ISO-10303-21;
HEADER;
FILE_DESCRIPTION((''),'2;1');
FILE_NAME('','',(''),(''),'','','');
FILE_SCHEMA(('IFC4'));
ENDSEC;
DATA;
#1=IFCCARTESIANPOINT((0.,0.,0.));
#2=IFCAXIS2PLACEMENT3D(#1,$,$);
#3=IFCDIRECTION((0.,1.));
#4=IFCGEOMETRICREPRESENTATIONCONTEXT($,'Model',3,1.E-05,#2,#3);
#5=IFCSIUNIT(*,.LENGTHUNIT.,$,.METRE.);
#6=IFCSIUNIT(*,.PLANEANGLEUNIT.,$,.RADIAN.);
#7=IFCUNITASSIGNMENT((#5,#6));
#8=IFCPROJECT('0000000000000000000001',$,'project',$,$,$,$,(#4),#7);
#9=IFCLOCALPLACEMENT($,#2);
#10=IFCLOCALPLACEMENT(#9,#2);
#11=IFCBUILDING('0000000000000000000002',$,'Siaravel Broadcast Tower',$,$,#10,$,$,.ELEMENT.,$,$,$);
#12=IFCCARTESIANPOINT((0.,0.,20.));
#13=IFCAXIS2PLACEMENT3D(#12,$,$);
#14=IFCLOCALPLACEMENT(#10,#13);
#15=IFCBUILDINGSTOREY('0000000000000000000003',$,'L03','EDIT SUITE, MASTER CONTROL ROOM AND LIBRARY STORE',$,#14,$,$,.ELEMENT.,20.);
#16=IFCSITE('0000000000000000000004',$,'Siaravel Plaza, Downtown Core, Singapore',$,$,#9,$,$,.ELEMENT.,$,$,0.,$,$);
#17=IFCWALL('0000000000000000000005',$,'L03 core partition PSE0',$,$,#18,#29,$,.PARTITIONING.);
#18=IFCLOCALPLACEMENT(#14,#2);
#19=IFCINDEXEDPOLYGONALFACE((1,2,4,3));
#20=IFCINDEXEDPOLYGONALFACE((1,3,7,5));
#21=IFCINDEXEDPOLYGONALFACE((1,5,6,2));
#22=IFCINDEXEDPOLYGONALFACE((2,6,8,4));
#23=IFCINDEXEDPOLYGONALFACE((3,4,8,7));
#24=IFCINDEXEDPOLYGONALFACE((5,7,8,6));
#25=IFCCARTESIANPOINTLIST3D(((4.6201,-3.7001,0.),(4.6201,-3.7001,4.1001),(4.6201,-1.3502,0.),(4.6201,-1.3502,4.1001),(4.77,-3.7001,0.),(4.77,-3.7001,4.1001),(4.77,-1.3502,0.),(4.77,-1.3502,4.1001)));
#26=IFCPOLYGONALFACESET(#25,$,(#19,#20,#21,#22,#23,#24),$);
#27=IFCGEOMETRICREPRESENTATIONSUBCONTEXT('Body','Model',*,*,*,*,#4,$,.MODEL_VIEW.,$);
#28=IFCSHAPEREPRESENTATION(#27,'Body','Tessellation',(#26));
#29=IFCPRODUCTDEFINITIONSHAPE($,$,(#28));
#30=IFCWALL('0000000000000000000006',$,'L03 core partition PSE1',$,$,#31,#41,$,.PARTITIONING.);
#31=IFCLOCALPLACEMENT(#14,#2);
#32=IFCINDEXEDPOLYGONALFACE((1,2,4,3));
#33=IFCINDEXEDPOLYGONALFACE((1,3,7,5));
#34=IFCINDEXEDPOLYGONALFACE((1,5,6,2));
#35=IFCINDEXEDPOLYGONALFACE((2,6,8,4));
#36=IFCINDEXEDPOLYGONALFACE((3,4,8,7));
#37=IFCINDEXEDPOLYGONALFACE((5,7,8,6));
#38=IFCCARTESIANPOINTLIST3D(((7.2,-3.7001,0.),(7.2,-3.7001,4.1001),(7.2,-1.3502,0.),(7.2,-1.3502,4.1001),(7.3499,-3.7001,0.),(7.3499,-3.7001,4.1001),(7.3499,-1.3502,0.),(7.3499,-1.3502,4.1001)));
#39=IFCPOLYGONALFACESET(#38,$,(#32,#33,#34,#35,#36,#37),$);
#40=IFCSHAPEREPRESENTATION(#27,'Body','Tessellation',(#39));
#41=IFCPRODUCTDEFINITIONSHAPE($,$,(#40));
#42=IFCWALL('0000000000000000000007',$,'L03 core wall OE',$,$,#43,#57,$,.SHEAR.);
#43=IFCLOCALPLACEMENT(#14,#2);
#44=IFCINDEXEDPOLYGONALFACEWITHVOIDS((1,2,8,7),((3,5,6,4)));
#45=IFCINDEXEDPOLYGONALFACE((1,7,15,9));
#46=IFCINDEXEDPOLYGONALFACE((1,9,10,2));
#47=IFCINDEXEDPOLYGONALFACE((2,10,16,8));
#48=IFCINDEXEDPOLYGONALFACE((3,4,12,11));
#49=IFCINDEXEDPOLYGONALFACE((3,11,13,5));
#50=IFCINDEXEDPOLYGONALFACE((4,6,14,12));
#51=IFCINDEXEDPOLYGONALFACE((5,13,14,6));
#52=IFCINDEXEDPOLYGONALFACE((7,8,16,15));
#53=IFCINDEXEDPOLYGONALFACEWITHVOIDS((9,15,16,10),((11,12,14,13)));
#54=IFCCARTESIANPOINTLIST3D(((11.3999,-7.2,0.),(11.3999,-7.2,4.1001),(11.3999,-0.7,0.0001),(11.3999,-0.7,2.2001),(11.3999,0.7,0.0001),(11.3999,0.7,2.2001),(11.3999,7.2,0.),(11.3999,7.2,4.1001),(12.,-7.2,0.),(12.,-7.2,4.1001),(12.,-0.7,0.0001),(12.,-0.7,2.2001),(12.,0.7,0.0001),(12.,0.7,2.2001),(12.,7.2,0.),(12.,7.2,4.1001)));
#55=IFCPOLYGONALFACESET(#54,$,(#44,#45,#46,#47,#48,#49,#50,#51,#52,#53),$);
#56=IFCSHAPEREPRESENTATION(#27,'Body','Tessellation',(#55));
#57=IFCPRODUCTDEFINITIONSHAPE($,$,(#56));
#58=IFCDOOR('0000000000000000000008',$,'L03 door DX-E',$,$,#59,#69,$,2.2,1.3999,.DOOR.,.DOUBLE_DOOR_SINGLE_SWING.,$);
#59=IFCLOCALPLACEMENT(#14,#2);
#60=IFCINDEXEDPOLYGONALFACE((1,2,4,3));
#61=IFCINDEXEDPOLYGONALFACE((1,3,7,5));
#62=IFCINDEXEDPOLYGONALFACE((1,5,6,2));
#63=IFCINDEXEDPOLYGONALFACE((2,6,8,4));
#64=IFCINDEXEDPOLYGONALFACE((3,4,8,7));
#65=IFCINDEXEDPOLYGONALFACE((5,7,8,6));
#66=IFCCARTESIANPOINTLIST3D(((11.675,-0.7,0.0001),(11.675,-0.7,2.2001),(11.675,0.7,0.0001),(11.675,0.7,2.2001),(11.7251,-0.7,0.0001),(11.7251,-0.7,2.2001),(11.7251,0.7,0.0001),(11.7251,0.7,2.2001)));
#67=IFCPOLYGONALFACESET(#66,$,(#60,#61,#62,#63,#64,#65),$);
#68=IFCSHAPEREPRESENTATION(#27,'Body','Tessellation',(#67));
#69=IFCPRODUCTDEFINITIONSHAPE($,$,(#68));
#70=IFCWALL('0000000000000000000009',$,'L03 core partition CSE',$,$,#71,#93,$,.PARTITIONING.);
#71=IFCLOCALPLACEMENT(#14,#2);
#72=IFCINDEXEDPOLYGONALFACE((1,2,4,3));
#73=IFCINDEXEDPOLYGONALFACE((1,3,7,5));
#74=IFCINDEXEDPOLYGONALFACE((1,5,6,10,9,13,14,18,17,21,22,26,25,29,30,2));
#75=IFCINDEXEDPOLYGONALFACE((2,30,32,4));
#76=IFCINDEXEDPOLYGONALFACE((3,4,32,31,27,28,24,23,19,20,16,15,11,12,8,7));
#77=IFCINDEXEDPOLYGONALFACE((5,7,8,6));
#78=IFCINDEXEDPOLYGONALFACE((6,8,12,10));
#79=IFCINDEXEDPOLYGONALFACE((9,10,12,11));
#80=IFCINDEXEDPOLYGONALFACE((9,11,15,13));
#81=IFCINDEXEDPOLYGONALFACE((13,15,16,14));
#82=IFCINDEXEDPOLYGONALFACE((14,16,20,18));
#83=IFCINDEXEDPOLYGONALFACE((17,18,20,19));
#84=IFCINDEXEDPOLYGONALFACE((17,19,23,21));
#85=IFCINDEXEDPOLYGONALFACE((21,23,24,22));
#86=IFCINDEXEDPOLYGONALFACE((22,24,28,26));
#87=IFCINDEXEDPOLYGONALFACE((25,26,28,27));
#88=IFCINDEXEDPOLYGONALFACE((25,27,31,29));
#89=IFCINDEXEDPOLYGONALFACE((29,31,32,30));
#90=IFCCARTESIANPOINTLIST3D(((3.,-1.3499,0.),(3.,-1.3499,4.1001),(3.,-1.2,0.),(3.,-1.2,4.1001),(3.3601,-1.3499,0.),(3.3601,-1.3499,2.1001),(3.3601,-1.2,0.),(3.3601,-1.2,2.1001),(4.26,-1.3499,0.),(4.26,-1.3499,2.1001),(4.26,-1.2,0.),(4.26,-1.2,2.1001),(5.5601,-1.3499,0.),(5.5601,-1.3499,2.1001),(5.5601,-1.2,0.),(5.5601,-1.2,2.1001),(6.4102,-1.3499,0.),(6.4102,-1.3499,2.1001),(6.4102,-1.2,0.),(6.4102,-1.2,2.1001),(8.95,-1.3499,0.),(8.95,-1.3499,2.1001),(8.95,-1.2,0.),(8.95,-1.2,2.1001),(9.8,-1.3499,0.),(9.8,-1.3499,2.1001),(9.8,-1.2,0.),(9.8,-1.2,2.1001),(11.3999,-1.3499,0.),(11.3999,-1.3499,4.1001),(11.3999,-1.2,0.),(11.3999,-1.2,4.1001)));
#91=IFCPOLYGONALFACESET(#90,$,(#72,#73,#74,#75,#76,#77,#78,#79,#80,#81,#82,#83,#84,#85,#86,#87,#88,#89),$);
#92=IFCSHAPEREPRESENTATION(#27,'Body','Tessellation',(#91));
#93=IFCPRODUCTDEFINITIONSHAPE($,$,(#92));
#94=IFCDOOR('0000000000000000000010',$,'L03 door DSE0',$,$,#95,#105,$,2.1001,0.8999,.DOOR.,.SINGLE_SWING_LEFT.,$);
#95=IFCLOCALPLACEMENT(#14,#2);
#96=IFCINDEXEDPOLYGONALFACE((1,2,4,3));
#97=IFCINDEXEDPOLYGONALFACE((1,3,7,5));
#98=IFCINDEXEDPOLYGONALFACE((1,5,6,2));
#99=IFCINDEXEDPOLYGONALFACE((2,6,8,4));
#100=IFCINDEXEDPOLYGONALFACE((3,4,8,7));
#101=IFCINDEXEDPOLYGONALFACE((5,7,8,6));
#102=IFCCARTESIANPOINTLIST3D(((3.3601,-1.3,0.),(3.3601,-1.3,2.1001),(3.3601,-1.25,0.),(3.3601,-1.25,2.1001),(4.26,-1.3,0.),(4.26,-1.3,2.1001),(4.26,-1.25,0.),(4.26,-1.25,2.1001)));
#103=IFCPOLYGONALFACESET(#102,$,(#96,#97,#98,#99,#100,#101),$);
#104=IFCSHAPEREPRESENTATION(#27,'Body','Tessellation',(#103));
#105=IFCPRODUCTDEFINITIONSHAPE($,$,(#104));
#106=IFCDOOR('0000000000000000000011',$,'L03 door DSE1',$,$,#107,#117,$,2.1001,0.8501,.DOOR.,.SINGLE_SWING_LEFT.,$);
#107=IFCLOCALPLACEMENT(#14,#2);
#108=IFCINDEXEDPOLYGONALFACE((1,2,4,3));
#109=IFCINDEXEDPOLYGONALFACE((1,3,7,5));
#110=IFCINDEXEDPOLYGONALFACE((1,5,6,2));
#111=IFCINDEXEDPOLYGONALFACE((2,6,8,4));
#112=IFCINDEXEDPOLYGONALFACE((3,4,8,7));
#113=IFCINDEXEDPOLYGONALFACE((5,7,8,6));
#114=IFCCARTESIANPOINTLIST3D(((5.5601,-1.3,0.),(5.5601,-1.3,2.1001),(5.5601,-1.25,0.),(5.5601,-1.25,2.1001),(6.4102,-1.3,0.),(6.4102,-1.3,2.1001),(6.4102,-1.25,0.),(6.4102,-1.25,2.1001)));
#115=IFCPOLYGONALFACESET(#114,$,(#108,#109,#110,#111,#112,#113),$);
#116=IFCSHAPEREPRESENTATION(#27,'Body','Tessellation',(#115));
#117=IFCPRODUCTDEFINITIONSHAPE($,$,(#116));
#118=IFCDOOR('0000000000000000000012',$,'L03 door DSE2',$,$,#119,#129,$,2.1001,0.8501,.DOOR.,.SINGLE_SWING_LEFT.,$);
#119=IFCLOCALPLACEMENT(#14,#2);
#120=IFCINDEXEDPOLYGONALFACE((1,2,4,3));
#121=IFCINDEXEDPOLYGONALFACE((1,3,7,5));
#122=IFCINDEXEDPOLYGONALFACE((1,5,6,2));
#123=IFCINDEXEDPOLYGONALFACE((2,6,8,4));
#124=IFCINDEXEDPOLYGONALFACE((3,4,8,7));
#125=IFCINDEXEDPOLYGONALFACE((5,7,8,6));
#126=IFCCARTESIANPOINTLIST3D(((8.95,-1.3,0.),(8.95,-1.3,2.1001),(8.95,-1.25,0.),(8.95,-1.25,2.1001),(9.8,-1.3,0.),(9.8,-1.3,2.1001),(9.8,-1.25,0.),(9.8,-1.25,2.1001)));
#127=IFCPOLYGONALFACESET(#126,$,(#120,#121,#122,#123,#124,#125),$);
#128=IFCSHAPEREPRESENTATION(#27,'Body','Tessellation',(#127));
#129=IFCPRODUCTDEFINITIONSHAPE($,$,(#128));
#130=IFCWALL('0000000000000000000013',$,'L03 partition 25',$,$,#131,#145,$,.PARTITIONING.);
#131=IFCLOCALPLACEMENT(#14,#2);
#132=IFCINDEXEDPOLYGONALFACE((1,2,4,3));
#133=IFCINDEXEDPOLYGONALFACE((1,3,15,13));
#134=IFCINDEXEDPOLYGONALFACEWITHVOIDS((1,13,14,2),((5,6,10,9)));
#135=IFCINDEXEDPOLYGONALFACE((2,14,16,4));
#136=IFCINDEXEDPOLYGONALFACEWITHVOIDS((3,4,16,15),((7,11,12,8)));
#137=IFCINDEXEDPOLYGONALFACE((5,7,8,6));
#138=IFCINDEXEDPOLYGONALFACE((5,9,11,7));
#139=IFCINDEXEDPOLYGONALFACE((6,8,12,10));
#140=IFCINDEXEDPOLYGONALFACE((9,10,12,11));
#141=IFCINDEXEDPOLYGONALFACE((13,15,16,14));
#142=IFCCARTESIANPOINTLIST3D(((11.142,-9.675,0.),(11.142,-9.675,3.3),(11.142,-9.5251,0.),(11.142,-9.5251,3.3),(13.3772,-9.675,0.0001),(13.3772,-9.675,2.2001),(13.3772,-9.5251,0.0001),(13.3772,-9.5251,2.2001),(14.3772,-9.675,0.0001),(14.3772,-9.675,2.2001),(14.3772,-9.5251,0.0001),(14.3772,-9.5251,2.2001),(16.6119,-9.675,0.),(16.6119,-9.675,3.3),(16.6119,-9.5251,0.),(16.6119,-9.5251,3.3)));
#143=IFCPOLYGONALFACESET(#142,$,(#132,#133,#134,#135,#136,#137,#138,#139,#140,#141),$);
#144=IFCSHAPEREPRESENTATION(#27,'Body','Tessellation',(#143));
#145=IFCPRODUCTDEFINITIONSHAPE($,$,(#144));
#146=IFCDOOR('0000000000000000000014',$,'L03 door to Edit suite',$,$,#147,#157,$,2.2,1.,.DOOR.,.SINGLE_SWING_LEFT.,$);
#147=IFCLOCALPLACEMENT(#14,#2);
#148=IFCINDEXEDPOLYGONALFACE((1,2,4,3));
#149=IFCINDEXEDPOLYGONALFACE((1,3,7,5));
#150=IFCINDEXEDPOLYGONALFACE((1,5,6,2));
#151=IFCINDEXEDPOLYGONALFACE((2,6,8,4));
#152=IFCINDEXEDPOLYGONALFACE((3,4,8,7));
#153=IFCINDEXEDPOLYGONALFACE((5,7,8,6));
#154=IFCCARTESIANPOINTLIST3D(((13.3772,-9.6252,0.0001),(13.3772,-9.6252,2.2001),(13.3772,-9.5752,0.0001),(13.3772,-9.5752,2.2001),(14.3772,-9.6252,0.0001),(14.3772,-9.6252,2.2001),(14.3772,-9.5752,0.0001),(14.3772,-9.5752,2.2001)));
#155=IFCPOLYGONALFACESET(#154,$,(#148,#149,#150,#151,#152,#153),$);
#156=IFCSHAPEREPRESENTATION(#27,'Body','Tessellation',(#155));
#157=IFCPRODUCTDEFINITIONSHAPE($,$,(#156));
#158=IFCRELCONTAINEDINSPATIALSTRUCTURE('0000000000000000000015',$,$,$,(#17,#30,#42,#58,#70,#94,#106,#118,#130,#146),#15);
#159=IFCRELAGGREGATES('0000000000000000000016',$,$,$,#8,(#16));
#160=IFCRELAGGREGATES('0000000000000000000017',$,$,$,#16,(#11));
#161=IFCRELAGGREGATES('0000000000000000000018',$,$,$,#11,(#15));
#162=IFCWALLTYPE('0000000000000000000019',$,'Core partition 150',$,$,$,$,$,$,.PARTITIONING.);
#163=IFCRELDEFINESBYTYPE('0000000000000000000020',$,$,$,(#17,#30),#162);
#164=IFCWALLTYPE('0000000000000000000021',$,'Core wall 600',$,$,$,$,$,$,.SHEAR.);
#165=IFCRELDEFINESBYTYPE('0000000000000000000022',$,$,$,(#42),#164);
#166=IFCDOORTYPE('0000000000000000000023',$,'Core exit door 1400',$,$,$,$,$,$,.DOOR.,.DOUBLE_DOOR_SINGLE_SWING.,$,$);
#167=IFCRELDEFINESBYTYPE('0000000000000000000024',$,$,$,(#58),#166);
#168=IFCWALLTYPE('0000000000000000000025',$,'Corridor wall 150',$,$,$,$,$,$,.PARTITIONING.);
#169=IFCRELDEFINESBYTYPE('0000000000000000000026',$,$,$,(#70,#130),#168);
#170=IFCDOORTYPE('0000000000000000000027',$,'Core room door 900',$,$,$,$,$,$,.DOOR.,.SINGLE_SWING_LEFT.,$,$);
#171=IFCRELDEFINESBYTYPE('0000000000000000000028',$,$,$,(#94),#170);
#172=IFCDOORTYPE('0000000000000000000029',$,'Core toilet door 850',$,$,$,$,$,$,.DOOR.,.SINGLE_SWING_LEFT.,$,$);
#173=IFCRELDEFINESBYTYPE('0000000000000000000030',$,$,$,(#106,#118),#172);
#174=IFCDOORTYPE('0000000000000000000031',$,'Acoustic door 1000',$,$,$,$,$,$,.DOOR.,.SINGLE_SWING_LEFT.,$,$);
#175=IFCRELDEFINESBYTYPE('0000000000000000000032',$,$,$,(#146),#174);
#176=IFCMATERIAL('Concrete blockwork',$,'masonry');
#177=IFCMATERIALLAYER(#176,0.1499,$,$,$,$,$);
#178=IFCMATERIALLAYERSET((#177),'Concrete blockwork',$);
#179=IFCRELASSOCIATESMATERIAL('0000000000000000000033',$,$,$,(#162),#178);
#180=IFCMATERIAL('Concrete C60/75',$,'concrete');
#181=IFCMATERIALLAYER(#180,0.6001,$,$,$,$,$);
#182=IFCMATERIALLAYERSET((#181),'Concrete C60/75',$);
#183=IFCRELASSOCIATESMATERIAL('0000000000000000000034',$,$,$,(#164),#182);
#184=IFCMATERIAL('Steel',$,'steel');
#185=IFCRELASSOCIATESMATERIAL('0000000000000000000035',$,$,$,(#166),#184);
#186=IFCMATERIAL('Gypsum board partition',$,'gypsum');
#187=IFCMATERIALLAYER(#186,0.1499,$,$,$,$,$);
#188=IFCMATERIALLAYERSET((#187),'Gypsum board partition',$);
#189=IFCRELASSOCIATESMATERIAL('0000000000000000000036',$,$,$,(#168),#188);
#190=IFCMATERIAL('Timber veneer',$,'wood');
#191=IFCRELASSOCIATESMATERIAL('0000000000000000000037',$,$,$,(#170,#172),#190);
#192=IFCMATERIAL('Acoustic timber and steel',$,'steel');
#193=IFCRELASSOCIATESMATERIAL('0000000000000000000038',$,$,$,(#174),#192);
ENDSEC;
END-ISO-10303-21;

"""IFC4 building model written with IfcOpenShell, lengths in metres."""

from ifc_helpers import new_model, si_unit, direction, frame, frame_2d, origin, place, context, subcontext, project, spatial, rectangle, extrude, material, layer, layer_set, type_object, element, fill, save


model = new_model("IFC4")

# Units and contexts
model_context = context("Model", 3, precision=1e-05, world=origin(), true_north=direction((0.0, 1.0)))
body_context = subcontext(model_context, "Body", "Model", "MODEL_VIEW")
ifc_project = project(units=[si_unit("LENGTHUNIT", "METRE"), si_unit("PLANEANGLEUNIT", "RADIAN")], contexts=[model_context])

# Site, building, storey
site_placement = place(None, origin())
site = spatial("IfcSite", under=ifc_project, at=site_placement, Name="Siaravel Plaza, Downtown Core, Singapore", CompositionType="ELEMENT", RefElevation=0.0)
building_placement = place(site_placement, origin())
building = spatial("IfcBuilding", under=site, at=building_placement, Name="Siaravel Broadcast Tower", CompositionType="ELEMENT")
storey_placement = place(building_placement, frame((0.0, 0.0, 20.0)))
storey = spatial("IfcBuildingStorey", under=building, at=storey_placement, Name="L03", Description="EDIT SUITE, MASTER CONTROL ROOM AND LIBRARY STORE", CompositionType="ELEMENT", Elevation=20.0)

# Walls
ifc_material_1 = material(Name="Concrete blockwork", Category="masonry")
ifc_layer_1 = layer(ifc_material_1, 0.1499)
ifc_layer_set_1 = layer_set([ifc_layer_1], Name="Concrete blockwork")
wall_type_1 = type_object("IfcWallType", Name="Core partition 150", PredefinedType="PARTITIONING", material=ifc_layer_set_1)
for number, where, z_axis, x_axis, name in (
    (1, (4.6951, -3.7, 0.0), (0.0, 0.0, 1.0), (0.0, 1.0, 0.0), "L03 core partition PSE0"),
    (2, (7.2749, -3.7, 0.0), (0.0, 0.0, 1.0), (0.0, 1.0, 0.0), "L03 core partition PSE1"),
):
    element("IfcWall", number, at=place(storey_placement, frame(where, z_axis=z_axis, x_axis=x_axis)), inside=storey, type_object=wall_type_1, Name=name, PredefinedType="PARTITIONING", context=body_context, shape_type="SweptSolid", body=[
        extrude(rectangle(XDim=2.3499, YDim=0.1499, at=frame_2d((1.1748, 0.0))), origin(), (0.0, 0.0, 1.0), 4.1001),
    ])

# Wall, opening, door
ifc_material_2 = material(Name="Concrete C60/75", Category="concrete")
ifc_layer_2 = layer(ifc_material_2, 0.6001)
ifc_layer_set_2 = layer_set([ifc_layer_2], Name="Concrete C60/75")
wall_type_2 = type_object("IfcWallType", Name="Core wall 600", PredefinedType="SHEAR", material=ifc_layer_set_2)
wall_1_placement = place(storey_placement, frame((11.7, -7.2, 0.0), z_axis=(0.0, 0.0, 1.0), x_axis=(0.0, 1.0, 0.0)))
wall_1 = element("IfcWall", 3, at=wall_1_placement, inside=storey, type_object=wall_type_2, Name="L03 core wall OE", PredefinedType="SHEAR", context=body_context, shape_type="SweptSolid", body=[
    extrude(rectangle(XDim=14.3999, YDim=0.6001, at=frame_2d((7.2, 0.0))), origin(), (0.0, 0.0, 1.0), 4.1001),
])
opening_1_placement = place(wall_1_placement, frame((6.5, 0.0, 0.0)))
opening_1 = element("IfcOpeningElement", 4, at=opening_1_placement, cuts=wall_1, PredefinedType="OPENING", context=body_context, shape_type="SweptSolid", body=[
    extrude(rectangle(XDim=1.3999, YDim=2.2, at=frame_2d((0.7, 1.1001))), frame((0.0, 0.3101, 0.0), z_axis=(0.0, -1.0, 0.0), x_axis=(1.0, 0.0, 0.0)), (0.0, 0.0, 1.0), 0.6201),
])
ifc_material_3 = material(Name="Steel", Category="steel")
door_type_1 = type_object("IfcDoorType", Name="Core exit door 1400", OperationType="DOUBLE_DOOR_SINGLE_SWING", PredefinedType="DOOR", material=ifc_material_3)
door_1_placement = place(opening_1_placement, origin())
door_1 = element("IfcDoor", 5, at=door_1_placement, inside=storey, type_object=door_type_1, Name="L03 door DX-E", OperationType="DOUBLE_DOOR_SINGLE_SWING", OverallHeight=2.2, OverallWidth=1.3999, PredefinedType="DOOR", context=body_context, shape_type="SweptSolid", body=[
    extrude(rectangle(XDim=1.3999, YDim=2.2, at=frame_2d((0.7, 1.1001))), frame((0.0, 0.0249, 0.0), z_axis=(0.0, -1.0, 0.0), x_axis=(1.0, 0.0, 0.0)), (0.0, 0.0, 1.0), 0.05),
])
fill(opening_1, door_1)

# Wall, openings, doors
ifc_material_4 = material(Name="Gypsum board partition", Category="gypsum")
ifc_layer_3 = layer(ifc_material_4, 0.1499)
ifc_layer_set_3 = layer_set([ifc_layer_3], Name="Gypsum board partition")
wall_type_3 = type_object("IfcWallType", Name="Corridor wall 150", PredefinedType="PARTITIONING", material=ifc_layer_set_3)
wall_2_placement = place(storey_placement, frame((3.0, -1.2749, 0.0), z_axis=(0.0, 0.0, 1.0), x_axis=(1.0, 0.0, 0.0)))
wall_2 = element("IfcWall", 6, at=wall_2_placement, inside=storey, type_object=wall_type_3, Name="L03 core partition CSE", PredefinedType="PARTITIONING", context=body_context, shape_type="SweptSolid", body=[
    extrude(rectangle(XDim=8.3999, YDim=0.1499, at=frame_2d((4.2, 0.0))), origin(), (0.0, 0.0, 1.0), 4.1001),
])
opening_2_placement = place(wall_2_placement, frame((0.3601, 0.0, 0.0)))
opening_2 = element("IfcOpeningElement", 7, at=opening_2_placement, cuts=wall_2, PredefinedType="OPENING", context=body_context, shape_type="SweptSolid", body=[
    extrude(rectangle(XDim=0.8999, YDim=2.1001, at=frame_2d((0.45, 1.05))), frame((0.0, 0.085, 0.0), z_axis=(0.0, -1.0, 0.0), x_axis=(1.0, 0.0, 0.0)), (0.0, 0.0, 1.0), 0.1699),
])
opening_3_placement = place(wall_2_placement, frame((2.5601, 0.0, 0.0)))
opening_3 = element("IfcOpeningElement", 8, at=opening_3_placement, cuts=wall_2, PredefinedType="OPENING", context=body_context, shape_type="SweptSolid", body=[
    extrude(rectangle(XDim=0.8501, YDim=2.1001, at=frame_2d((0.425, 1.05))), frame((0.0, 0.085, 0.0), z_axis=(0.0, -1.0, 0.0), x_axis=(1.0, 0.0, 0.0)), (0.0, 0.0, 1.0), 0.1699),
])
opening_4_placement = place(wall_2_placement, frame((5.95, 0.0, 0.0)))
opening_4 = element("IfcOpeningElement", 9, at=opening_4_placement, cuts=wall_2, PredefinedType="OPENING", context=body_context, shape_type="SweptSolid", body=[
    extrude(rectangle(XDim=0.8501, YDim=2.1001, at=frame_2d((0.425, 1.05))), frame((0.0, 0.085, 0.0), z_axis=(0.0, -1.0, 0.0), x_axis=(1.0, 0.0, 0.0)), (0.0, 0.0, 1.0), 0.1699),
])
ifc_material_5 = material(Name="Timber veneer", Category="wood")
door_type_2 = type_object("IfcDoorType", Name="Core room door 900", OperationType="SINGLE_SWING_LEFT", PredefinedType="DOOR", material=ifc_material_5)
door_2_placement = place(opening_2_placement, origin())
door_2 = element("IfcDoor", 10, at=door_2_placement, inside=storey, type_object=door_type_2, Name="L03 door DSE0", OperationType="SINGLE_SWING_LEFT", OverallHeight=2.1001, OverallWidth=0.8999, PredefinedType="DOOR", context=body_context, shape_type="SweptSolid", body=[
    extrude(rectangle(XDim=0.8999, YDim=2.1001, at=frame_2d((0.45, 1.05))), frame((0.0, 0.0249, 0.0), z_axis=(0.0, -1.0, 0.0), x_axis=(1.0, 0.0, 0.0)), (0.0, 0.0, 1.0), 0.05),
])
fill(opening_2, door_2)
door_type_3 = type_object("IfcDoorType", Name="Core toilet door 850", OperationType="SINGLE_SWING_LEFT", PredefinedType="DOOR", material=ifc_material_5)
door_3_placement = place(opening_3_placement, origin())
door_3 = element("IfcDoor", 11, at=door_3_placement, inside=storey, type_object=door_type_3, Name="L03 door DSE1", OperationType="SINGLE_SWING_LEFT", OverallHeight=2.1001, OverallWidth=0.8501, PredefinedType="DOOR", context=body_context, shape_type="SweptSolid", body=[
    extrude(rectangle(XDim=0.8501, YDim=2.1001, at=frame_2d((0.425, 1.05))), frame((0.0, 0.0249, 0.0), z_axis=(0.0, -1.0, 0.0), x_axis=(1.0, 0.0, 0.0)), (0.0, 0.0, 1.0), 0.05),
])
fill(opening_3, door_3)
door_4_placement = place(opening_4_placement, origin())
door_4 = element("IfcDoor", 12, at=door_4_placement, inside=storey, type_object=door_type_3, Name="L03 door DSE2", OperationType="SINGLE_SWING_LEFT", OverallHeight=2.1001, OverallWidth=0.8501, PredefinedType="DOOR", context=body_context, shape_type="SweptSolid", body=[
    extrude(rectangle(XDim=0.8501, YDim=2.1001, at=frame_2d((0.425, 1.05))), frame((0.0, 0.0249, 0.0), z_axis=(0.0, -1.0, 0.0), x_axis=(1.0, 0.0, 0.0)), (0.0, 0.0, 1.0), 0.05),
])
fill(opening_4, door_4)

# Wall, opening, door
wall_3_placement = place(storey_placement, frame((11.1421, -9.6001, 0.0), z_axis=(0.0, 0.0, 1.0), x_axis=(1.0, 0.0, 0.0)))
wall_3 = element("IfcWall", 13, at=wall_3_placement, inside=storey, type_object=wall_type_3, Name="L03 partition 25", PredefinedType="PARTITIONING", context=body_context, shape_type="SweptSolid", body=[
    extrude(rectangle(XDim=5.47, YDim=0.1499, at=frame_2d((2.7349, 0.0))), origin(), (0.0, 0.0, 1.0), 3.3),
])
opening_5_placement = place(wall_3_placement, frame((2.2351, 0.0, 0.0)))
opening_5 = element("IfcOpeningElement", 14, at=opening_5_placement, cuts=wall_3, PredefinedType="OPENING", context=body_context, shape_type="SweptSolid", body=[
    extrude(rectangle(XDim=1.0, YDim=2.2, at=frame_2d((0.5, 1.1001))), frame((0.0, 0.085, 0.0), z_axis=(0.0, -1.0, 0.0), x_axis=(1.0, 0.0, 0.0)), (0.0, 0.0, 1.0), 0.1699),
])
ifc_material_6 = material(Name="Acoustic timber and steel", Category="steel")
door_type_4 = type_object("IfcDoorType", Name="Acoustic door 1000", OperationType="SINGLE_SWING_LEFT", PredefinedType="DOOR", material=ifc_material_6)
door_5_placement = place(opening_5_placement, origin())
door_5 = element("IfcDoor", 15, at=door_5_placement, inside=storey, type_object=door_type_4, Name="L03 door to Edit suite", OperationType="SINGLE_SWING_LEFT", OverallHeight=2.2, OverallWidth=1.0, PredefinedType="DOOR", context=body_context, shape_type="SweptSolid", body=[
    extrude(rectangle(XDim=1.0, YDim=2.2, at=frame_2d((0.5, 1.1001))), frame((0.0, 0.0249, 0.0), z_axis=(0.0, -1.0, 0.0), x_axis=(1.0, 0.0, 0.0)), (0.0, 0.0, 1.0), 0.05),
])
fill(opening_5, door_5)

save(model, "model.ifc")
